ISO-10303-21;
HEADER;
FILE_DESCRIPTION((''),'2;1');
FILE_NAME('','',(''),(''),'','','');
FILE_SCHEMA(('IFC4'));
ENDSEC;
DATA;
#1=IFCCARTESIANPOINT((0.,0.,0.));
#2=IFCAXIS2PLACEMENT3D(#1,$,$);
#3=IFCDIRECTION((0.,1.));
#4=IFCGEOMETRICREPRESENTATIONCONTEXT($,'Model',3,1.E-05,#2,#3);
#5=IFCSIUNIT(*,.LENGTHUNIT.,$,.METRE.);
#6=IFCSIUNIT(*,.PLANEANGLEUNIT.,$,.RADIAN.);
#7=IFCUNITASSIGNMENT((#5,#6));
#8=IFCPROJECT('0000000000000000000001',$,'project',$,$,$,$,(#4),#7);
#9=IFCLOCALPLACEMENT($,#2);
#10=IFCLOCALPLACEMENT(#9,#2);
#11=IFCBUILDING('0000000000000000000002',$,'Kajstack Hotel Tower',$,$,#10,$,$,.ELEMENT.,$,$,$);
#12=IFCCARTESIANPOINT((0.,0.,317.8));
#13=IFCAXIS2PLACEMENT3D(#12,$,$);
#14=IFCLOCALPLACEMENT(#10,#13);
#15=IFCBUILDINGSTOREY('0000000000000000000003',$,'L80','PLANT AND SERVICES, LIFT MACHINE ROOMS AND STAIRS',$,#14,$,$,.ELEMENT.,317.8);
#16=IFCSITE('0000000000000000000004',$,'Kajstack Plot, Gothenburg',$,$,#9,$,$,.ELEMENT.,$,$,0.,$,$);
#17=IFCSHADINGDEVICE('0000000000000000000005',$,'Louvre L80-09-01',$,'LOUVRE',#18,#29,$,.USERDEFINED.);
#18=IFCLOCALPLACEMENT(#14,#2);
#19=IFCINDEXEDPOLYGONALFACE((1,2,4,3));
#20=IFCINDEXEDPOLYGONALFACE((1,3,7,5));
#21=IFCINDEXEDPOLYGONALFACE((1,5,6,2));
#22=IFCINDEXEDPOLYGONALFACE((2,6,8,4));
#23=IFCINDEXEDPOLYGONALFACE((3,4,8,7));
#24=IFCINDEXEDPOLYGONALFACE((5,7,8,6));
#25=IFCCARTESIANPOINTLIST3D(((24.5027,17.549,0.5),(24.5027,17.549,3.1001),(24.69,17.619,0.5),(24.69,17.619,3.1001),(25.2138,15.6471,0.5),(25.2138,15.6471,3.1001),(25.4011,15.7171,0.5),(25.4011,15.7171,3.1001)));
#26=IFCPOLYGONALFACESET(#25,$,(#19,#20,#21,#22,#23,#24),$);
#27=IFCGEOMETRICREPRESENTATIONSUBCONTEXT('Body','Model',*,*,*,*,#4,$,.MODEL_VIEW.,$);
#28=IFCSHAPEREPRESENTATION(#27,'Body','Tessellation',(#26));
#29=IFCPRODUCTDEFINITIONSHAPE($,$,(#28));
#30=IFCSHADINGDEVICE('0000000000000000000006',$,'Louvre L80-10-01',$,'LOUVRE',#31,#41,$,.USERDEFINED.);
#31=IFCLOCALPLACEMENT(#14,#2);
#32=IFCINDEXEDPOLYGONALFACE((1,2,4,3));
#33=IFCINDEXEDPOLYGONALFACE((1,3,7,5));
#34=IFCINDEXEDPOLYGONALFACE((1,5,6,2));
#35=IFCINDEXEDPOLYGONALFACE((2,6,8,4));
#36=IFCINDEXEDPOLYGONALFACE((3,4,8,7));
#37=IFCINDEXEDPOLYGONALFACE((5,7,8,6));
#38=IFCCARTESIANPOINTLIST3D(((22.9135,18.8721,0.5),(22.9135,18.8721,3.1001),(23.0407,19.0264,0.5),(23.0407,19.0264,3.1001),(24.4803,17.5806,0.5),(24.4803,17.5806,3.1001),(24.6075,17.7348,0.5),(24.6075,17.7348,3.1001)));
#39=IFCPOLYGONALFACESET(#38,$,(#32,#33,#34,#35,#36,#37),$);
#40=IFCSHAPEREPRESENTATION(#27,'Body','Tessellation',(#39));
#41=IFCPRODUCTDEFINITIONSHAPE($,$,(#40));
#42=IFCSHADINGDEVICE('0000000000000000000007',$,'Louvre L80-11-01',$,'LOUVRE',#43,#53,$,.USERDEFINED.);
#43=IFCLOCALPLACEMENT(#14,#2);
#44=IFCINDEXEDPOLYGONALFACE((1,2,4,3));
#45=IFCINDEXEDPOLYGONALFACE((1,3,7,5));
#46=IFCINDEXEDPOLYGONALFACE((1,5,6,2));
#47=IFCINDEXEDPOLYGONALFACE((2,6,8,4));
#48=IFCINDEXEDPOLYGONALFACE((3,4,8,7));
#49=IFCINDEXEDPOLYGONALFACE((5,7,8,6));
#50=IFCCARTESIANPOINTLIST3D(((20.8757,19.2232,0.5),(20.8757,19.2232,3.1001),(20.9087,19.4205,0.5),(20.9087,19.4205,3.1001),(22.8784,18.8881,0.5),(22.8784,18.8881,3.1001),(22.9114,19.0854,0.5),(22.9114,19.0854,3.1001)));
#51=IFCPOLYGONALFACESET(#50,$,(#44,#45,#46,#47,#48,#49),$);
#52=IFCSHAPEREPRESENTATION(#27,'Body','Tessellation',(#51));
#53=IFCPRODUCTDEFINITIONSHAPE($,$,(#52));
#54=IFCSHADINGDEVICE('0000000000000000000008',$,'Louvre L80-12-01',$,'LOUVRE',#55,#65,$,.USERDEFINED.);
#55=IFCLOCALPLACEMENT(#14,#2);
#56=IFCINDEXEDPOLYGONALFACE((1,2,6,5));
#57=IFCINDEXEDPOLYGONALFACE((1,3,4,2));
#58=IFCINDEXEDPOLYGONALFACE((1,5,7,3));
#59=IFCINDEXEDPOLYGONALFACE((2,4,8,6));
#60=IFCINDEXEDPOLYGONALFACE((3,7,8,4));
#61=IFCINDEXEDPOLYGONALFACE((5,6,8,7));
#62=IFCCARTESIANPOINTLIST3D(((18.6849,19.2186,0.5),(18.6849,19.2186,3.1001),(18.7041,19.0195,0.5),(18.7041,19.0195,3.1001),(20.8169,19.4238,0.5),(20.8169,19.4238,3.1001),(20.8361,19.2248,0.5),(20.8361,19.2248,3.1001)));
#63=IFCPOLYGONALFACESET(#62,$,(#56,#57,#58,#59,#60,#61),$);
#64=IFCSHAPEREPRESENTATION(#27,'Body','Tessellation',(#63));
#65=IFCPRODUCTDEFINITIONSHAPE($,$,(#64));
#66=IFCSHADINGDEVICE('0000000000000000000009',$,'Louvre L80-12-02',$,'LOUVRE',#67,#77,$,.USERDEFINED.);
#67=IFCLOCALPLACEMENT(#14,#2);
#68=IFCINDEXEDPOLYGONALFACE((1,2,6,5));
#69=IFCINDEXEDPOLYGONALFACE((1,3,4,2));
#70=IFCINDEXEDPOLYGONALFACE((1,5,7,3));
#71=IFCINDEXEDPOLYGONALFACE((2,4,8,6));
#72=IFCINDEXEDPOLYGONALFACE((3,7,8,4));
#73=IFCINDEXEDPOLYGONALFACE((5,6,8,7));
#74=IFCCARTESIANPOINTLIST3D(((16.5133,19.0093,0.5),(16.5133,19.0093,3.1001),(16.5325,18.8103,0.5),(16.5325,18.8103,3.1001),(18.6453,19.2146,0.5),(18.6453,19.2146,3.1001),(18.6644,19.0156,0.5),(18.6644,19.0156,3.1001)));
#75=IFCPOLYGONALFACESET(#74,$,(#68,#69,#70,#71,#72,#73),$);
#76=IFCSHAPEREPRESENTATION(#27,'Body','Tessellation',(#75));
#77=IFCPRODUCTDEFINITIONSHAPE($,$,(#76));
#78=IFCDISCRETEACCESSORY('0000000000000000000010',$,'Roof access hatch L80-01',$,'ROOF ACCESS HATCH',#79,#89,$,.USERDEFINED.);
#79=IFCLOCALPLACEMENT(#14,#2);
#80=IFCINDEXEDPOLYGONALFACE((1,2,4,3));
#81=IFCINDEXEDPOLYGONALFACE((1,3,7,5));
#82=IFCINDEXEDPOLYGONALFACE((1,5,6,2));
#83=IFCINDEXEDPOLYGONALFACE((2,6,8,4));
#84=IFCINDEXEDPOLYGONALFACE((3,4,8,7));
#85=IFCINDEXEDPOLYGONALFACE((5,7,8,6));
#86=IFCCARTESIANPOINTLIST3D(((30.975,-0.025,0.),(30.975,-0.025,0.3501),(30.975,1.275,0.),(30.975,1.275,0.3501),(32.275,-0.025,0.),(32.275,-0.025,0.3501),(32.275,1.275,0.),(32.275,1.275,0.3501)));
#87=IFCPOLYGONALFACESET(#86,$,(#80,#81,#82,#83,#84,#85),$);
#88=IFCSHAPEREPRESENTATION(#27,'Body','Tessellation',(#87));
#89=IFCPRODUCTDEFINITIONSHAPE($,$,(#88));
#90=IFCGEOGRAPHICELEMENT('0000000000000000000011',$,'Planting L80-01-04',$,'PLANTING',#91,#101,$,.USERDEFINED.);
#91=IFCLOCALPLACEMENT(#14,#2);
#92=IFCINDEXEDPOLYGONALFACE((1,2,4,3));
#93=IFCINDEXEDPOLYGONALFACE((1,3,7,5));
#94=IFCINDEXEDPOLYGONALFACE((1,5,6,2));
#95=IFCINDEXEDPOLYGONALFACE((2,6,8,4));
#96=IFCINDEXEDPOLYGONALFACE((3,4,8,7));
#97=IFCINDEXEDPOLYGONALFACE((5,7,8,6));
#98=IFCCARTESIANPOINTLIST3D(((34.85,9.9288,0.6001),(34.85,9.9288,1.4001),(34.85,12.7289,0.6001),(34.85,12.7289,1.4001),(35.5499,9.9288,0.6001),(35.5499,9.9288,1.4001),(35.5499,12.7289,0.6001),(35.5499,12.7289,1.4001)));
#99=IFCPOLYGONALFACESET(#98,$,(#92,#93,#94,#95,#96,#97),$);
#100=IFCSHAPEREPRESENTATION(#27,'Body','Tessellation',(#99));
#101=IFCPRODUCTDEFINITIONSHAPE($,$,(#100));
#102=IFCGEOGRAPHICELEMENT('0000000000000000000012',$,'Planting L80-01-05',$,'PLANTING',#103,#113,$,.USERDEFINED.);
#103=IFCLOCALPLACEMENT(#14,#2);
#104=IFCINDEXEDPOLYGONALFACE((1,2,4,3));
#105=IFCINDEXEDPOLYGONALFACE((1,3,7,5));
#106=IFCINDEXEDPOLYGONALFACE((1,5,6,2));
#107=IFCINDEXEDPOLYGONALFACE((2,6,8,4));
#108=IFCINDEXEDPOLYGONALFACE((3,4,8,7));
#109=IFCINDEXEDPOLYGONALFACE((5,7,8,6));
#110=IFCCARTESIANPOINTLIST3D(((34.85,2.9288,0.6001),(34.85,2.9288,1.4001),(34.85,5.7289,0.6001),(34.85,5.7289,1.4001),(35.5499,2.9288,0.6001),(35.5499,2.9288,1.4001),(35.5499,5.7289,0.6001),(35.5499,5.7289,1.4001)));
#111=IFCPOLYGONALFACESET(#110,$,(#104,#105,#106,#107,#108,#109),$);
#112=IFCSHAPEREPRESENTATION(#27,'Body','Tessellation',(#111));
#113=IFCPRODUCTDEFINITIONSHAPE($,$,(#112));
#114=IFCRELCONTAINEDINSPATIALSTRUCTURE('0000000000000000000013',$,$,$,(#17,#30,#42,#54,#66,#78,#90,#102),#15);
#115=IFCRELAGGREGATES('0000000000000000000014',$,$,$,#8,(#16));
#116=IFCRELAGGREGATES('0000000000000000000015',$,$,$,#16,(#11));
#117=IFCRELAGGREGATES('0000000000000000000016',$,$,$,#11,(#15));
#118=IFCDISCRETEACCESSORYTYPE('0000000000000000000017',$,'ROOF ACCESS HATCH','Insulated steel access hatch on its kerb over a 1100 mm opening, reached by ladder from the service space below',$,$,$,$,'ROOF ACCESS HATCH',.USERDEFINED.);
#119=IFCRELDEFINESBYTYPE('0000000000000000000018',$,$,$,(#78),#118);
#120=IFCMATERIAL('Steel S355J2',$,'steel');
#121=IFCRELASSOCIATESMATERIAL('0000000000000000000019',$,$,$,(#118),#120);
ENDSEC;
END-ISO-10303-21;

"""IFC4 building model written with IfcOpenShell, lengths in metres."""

from ifc_helpers import new_model, si_unit, direction, frame, origin, origin_2d, place, context, subcontext, project, spatial, rectangle, extrude, material, type_object, element, save


model = new_model("IFC4")

# Units and contexts
model_context = context("Model", 3, precision=1e-05, world=origin(), true_north=direction((0.0, 1.0)))
body_context = subcontext(model_context, "Body", "Model", "MODEL_VIEW")
ifc_project = project(units=[si_unit("LENGTHUNIT", "METRE"), si_unit("PLANEANGLEUNIT", "RADIAN")], contexts=[model_context])

# Site, building, storey
site_placement = place(None, origin())
site = spatial("IfcSite", under=ifc_project, at=site_placement, Name="Kajstack Plot, Gothenburg", CompositionType="ELEMENT", RefElevation=0.0)
building_placement = place(site_placement, origin())
building = spatial("IfcBuilding", under=site, at=building_placement, Name="Kajstack Hotel Tower", CompositionType="ELEMENT")
storey_placement = place(building_placement, frame((0.0, 0.0, 317.8)))
storey = spatial("IfcBuildingStorey", under=building, at=storey_placement, Name="L80", Description="PLANT AND SERVICES, LIFT MACHINE ROOMS AND STAIRS", CompositionType="ELEMENT", Elevation=317.8)

# Shared definitions
ifc_material_1 = material(Name="Steel S355J2", Category="steel")

# Shading devices
for number, where, z_axis, x_axis, name in (
    (1, (24.9519, 16.6331, 0.5), (0.0, 0.0, 1.0), (-0.350186, 0.93668, 0.0), "Louvre L80-09-01"),
    (2, (23.7605, 18.3035, 0.5), (0.0, 0.0, 1.0), (-0.771635, 0.636066, 0.0), "Louvre L80-10-01"),
    (3, (21.8936, 19.1543, 0.5), (0.0, 0.0, 1.0), (-0.986288, 0.165033, 0.0), "Louvre L80-11-01"),
):
    element("IfcShadingDevice", number, at=place(storey_placement, frame(where, z_axis=z_axis, x_axis=x_axis)), inside=storey, Name=name, ObjectType="LOUVRE", PredefinedType="USERDEFINED", context=body_context, shape_type="SweptSolid", body=[
        extrude(rectangle(XDim=2.0305, YDim=0.2, at=origin_2d()), origin(), (0.0, 0.0, 1.0), 2.6001),
    ])
for number, where, z_axis, x_axis, name in (
    (4, (19.7605, 19.2217, 0.5), (0.0, 0.0, 1.0), (-0.995396, -0.095846, 0.0), "Louvre L80-12-01"),
    (5, (17.5889, 19.0125, 0.5), (0.0, 0.0, 1.0), (-0.995396, -0.095846, 0.0), "Louvre L80-12-02"),
):
    element("IfcShadingDevice", number, at=place(storey_placement, frame(where, z_axis=z_axis, x_axis=x_axis)), inside=storey, Name=name, ObjectType="LOUVRE", PredefinedType="USERDEFINED", context=body_context, shape_type="SweptSolid", body=[
        extrude(rectangle(XDim=2.1418, YDim=0.2, at=origin_2d()), origin(), (0.0, 0.0, 1.0), 2.6001),
    ])

# Discrete accessory
discrete_accessory_type = type_object("IfcDiscreteAccessoryType", Name="ROOF ACCESS HATCH", Description="Insulated steel access hatch on its kerb over a 1100 mm opening, reached by ladder from the service space below", ElementType="ROOF ACCESS HATCH", PredefinedType="USERDEFINED", material=ifc_material_1)
discrete_accessory_placement = place(storey_placement, frame((31.625, 0.625, 0.0), z_axis=(0.0, 0.0, 1.0), x_axis=(1.0, 0.0, 0.0)))
element("IfcDiscreteAccessory", 6, at=discrete_accessory_placement, inside=storey, type_object=discrete_accessory_type, Name="Roof access hatch L80-01", ObjectType="ROOF ACCESS HATCH", PredefinedType="USERDEFINED", context=body_context, shape_type="SweptSolid", body=[
    extrude(rectangle(XDim=1.3, YDim=1.3, at=origin_2d()), origin(), (0.0, 0.0, 1.0), 0.3501),
])

# Geographic elements
for number, where, z_axis, x_axis, name in (
    (7, (35.2, 11.3289, 0.6001), (0.0, 0.0, 1.0), (0.0, -1.0, 0.0), "Planting L80-01-04"),
    (8, (35.2, 4.3289, 0.6001), (0.0, 0.0, 1.0), (0.0, -1.0, 0.0), "Planting L80-01-05"),
):
    element("IfcGeographicElement", number, at=place(storey_placement, frame(where, z_axis=z_axis, x_axis=x_axis)), inside=storey, Name=name, ObjectType="PLANTING", PredefinedType="USERDEFINED", context=body_context, shape_type="SweptSolid", body=[
        extrude(rectangle(XDim=2.8, YDim=0.7, at=origin_2d()), origin(), (0.0, 0.0, 1.0), 0.8),
    ])

save(model, "model.ifc")
